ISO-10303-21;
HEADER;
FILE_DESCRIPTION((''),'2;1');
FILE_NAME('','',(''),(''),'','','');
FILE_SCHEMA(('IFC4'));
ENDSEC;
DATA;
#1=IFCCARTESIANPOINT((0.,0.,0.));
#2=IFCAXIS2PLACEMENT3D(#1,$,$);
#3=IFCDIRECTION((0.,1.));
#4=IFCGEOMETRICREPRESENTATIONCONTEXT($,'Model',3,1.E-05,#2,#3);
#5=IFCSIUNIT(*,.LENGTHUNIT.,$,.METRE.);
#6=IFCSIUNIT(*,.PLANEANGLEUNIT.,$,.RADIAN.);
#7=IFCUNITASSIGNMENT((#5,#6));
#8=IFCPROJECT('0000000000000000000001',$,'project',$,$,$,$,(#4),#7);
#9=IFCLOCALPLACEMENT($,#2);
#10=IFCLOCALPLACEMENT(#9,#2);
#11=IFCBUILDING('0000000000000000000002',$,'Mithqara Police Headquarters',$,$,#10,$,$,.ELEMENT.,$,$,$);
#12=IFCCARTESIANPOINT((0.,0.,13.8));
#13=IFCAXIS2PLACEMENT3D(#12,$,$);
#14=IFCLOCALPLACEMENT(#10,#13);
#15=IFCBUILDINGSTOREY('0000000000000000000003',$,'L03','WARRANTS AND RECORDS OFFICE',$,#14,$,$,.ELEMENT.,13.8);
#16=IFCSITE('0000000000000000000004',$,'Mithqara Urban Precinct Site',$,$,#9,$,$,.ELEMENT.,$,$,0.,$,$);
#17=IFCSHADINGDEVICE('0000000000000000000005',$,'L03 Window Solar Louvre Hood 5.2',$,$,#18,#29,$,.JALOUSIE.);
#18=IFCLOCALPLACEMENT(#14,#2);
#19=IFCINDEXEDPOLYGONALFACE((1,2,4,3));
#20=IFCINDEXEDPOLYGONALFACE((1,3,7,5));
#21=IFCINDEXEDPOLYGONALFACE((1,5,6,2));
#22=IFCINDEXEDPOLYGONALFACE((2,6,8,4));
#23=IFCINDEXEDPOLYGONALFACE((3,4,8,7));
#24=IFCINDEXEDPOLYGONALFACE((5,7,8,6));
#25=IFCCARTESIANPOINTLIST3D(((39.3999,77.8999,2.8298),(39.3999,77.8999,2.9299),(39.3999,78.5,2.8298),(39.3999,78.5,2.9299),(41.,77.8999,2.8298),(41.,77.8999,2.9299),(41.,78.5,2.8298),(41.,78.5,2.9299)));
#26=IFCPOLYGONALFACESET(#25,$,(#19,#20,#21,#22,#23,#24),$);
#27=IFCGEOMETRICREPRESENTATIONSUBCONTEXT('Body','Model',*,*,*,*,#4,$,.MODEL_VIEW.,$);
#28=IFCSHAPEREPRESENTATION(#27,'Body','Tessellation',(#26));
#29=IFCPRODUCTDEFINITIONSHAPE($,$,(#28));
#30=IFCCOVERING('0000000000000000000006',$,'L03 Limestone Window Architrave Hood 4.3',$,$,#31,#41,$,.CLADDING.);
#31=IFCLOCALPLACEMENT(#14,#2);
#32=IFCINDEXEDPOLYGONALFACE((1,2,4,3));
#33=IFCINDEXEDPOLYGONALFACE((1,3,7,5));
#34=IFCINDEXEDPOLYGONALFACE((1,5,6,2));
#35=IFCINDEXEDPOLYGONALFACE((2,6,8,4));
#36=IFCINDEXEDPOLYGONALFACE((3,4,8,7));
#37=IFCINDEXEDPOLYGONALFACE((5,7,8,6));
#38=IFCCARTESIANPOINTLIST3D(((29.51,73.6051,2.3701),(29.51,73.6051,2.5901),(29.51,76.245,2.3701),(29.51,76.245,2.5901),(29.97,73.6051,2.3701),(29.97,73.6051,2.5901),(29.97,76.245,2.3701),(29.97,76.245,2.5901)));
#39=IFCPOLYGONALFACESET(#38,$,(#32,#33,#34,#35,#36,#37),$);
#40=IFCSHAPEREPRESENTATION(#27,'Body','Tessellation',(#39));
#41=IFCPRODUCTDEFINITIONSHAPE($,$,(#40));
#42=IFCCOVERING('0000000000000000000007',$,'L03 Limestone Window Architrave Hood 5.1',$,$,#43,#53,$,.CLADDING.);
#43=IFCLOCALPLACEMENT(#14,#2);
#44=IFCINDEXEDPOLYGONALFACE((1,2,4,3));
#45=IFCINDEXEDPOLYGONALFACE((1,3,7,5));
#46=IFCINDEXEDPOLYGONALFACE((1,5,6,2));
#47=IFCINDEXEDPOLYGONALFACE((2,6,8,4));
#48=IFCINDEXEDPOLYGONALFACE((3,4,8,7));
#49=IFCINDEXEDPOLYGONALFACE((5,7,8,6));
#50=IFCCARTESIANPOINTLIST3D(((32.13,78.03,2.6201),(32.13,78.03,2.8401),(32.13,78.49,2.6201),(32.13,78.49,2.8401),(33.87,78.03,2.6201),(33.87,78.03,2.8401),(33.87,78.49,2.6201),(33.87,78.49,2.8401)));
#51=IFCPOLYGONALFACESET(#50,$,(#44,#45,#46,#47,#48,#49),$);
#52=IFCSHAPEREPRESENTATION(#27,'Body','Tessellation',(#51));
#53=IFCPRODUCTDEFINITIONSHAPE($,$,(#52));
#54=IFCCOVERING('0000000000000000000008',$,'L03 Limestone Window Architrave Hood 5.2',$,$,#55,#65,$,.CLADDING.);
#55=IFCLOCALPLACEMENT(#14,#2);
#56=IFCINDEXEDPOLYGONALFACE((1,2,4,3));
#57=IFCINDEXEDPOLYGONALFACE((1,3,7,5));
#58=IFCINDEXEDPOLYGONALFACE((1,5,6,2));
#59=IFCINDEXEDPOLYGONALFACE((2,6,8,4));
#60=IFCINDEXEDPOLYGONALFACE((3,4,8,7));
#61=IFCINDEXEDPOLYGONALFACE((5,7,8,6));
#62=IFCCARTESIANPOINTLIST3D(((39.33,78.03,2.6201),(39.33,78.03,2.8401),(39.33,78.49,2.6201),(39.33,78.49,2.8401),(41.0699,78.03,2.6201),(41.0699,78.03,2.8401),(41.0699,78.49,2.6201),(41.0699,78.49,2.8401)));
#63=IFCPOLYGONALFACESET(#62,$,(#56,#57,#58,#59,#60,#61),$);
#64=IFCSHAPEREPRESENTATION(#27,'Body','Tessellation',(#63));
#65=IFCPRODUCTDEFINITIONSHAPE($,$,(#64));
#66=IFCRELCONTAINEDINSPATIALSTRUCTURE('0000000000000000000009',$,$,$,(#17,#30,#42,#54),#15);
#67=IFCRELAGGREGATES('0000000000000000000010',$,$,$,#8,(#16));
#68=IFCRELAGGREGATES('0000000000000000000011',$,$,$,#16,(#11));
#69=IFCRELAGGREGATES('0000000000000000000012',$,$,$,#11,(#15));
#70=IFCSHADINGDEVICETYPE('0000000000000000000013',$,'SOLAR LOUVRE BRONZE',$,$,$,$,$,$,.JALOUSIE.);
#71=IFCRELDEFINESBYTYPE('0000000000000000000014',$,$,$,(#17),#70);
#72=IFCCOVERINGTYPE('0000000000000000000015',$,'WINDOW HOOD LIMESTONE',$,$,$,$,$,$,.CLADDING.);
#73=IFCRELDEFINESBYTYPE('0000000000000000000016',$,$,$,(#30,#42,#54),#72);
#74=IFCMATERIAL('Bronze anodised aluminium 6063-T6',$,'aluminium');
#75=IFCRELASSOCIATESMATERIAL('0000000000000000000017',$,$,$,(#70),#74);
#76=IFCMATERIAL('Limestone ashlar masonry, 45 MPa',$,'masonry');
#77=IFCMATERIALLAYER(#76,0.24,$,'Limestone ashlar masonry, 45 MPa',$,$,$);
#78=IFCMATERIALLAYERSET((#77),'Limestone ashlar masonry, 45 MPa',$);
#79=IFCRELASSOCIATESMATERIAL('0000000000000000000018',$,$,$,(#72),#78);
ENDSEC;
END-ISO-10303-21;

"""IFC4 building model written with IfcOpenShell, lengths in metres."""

from ifc_helpers import new_model, si_unit, direction, frame, origin, origin_2d, place, context, subcontext, project, spatial, rectangle, extrude, material, layer, layer_set, type_object, element, save


model = new_model("IFC4")

# Units and contexts
model_context = context("Model", 3, precision=1e-05, world=origin(), true_north=direction((0.0, 1.0)))
body_context = subcontext(model_context, "Body", "Model", "MODEL_VIEW")
ifc_project = project(units=[si_unit("LENGTHUNIT", "METRE"), si_unit("PLANEANGLEUNIT", "RADIAN")], contexts=[model_context])

# Site, building, storey
site_placement = place(None, origin())
site = spatial("IfcSite", under=ifc_project, at=site_placement, Name="Mithqara Urban Precinct Site", CompositionType="ELEMENT", RefElevation=0.0)
building_placement = place(site_placement, origin())
building = spatial("IfcBuilding", under=site, at=building_placement, Name="Mithqara Police Headquarters", CompositionType="ELEMENT")
storey_placement = place(building_placement, frame((0.0, 0.0, 13.8)))
storey = spatial("IfcBuildingStorey", under=building, at=storey_placement, Name="L03", Description="WARRANTS AND RECORDS OFFICE", CompositionType="ELEMENT", Elevation=13.8)

# Shading device
ifc_material_1 = material(Name="Bronze anodised aluminium 6063-T6", Category="aluminium")
shading_device_type = type_object("IfcShadingDeviceType", Name="SOLAR LOUVRE BRONZE", PredefinedType="JALOUSIE", material=ifc_material_1)
shading_device_placement = place(storey_placement, frame((40.2, 78.2, 2.8298), z_axis=(0.0, 0.0, 1.0), x_axis=(1.0, 0.0, 0.0)))
element("IfcShadingDevice", 1, at=shading_device_placement, inside=storey, type_object=shading_device_type, Name="L03 Window Solar Louvre Hood 5.2", PredefinedType="JALOUSIE", context=body_context, shape_type="SweptSolid", body=[
    extrude(rectangle(XDim=1.6001, YDim=0.6001, at=origin_2d()), origin(), (0.0, 0.0, 1.0), 0.1001),
])

# Coverings
ifc_material_2 = material(Name="Limestone ashlar masonry, 45 MPa", Category="masonry")
ifc_layer_1 = layer(ifc_material_2, 0.24, Name="Limestone ashlar masonry, 45 MPa")
ifc_layer_set_1 = layer_set([ifc_layer_1], Name="Limestone ashlar masonry, 45 MPa")
covering_type = type_object("IfcCoveringType", Name="WINDOW HOOD LIMESTONE", PredefinedType="CLADDING", material=ifc_layer_set_1)
covering_placement = place(storey_placement, frame((29.74, 74.925, 2.3701), z_axis=(0.0, 0.0, 1.0), x_axis=(0.0, 1.0, 0.0)))
element("IfcCovering", 2, at=covering_placement, inside=storey, type_object=covering_type, Name="L03 Limestone Window Architrave Hood 4.3", PredefinedType="CLADDING", context=body_context, shape_type="SweptSolid", body=[
    extrude(rectangle(XDim=2.6399, YDim=0.46, at=origin_2d()), origin(), (0.0, 0.0, 1.0), 0.22),
])
for number, where, z_axis, x_axis, name in (
    (3, (33.0, 78.26, 2.6201), (0.0, 0.0, 1.0), (1.0, 0.0, 0.0), "L03 Limestone Window Architrave Hood 5.1"),
    (4, (40.2, 78.26, 2.6201), (0.0, 0.0, 1.0), (1.0, 0.0, 0.0), "L03 Limestone Window Architrave Hood 5.2"),
):
    element("IfcCovering", number, at=place(storey_placement, frame(where, z_axis=z_axis, x_axis=x_axis)), inside=storey, type_object=covering_type, Name=name, PredefinedType="CLADDING", context=body_context, shape_type="SweptSolid", body=[
        extrude(rectangle(XDim=1.74, YDim=0.46, at=origin_2d()), origin(), (0.0, 0.0, 1.0), 0.22),
    ])

save(model, "model.ifc")
